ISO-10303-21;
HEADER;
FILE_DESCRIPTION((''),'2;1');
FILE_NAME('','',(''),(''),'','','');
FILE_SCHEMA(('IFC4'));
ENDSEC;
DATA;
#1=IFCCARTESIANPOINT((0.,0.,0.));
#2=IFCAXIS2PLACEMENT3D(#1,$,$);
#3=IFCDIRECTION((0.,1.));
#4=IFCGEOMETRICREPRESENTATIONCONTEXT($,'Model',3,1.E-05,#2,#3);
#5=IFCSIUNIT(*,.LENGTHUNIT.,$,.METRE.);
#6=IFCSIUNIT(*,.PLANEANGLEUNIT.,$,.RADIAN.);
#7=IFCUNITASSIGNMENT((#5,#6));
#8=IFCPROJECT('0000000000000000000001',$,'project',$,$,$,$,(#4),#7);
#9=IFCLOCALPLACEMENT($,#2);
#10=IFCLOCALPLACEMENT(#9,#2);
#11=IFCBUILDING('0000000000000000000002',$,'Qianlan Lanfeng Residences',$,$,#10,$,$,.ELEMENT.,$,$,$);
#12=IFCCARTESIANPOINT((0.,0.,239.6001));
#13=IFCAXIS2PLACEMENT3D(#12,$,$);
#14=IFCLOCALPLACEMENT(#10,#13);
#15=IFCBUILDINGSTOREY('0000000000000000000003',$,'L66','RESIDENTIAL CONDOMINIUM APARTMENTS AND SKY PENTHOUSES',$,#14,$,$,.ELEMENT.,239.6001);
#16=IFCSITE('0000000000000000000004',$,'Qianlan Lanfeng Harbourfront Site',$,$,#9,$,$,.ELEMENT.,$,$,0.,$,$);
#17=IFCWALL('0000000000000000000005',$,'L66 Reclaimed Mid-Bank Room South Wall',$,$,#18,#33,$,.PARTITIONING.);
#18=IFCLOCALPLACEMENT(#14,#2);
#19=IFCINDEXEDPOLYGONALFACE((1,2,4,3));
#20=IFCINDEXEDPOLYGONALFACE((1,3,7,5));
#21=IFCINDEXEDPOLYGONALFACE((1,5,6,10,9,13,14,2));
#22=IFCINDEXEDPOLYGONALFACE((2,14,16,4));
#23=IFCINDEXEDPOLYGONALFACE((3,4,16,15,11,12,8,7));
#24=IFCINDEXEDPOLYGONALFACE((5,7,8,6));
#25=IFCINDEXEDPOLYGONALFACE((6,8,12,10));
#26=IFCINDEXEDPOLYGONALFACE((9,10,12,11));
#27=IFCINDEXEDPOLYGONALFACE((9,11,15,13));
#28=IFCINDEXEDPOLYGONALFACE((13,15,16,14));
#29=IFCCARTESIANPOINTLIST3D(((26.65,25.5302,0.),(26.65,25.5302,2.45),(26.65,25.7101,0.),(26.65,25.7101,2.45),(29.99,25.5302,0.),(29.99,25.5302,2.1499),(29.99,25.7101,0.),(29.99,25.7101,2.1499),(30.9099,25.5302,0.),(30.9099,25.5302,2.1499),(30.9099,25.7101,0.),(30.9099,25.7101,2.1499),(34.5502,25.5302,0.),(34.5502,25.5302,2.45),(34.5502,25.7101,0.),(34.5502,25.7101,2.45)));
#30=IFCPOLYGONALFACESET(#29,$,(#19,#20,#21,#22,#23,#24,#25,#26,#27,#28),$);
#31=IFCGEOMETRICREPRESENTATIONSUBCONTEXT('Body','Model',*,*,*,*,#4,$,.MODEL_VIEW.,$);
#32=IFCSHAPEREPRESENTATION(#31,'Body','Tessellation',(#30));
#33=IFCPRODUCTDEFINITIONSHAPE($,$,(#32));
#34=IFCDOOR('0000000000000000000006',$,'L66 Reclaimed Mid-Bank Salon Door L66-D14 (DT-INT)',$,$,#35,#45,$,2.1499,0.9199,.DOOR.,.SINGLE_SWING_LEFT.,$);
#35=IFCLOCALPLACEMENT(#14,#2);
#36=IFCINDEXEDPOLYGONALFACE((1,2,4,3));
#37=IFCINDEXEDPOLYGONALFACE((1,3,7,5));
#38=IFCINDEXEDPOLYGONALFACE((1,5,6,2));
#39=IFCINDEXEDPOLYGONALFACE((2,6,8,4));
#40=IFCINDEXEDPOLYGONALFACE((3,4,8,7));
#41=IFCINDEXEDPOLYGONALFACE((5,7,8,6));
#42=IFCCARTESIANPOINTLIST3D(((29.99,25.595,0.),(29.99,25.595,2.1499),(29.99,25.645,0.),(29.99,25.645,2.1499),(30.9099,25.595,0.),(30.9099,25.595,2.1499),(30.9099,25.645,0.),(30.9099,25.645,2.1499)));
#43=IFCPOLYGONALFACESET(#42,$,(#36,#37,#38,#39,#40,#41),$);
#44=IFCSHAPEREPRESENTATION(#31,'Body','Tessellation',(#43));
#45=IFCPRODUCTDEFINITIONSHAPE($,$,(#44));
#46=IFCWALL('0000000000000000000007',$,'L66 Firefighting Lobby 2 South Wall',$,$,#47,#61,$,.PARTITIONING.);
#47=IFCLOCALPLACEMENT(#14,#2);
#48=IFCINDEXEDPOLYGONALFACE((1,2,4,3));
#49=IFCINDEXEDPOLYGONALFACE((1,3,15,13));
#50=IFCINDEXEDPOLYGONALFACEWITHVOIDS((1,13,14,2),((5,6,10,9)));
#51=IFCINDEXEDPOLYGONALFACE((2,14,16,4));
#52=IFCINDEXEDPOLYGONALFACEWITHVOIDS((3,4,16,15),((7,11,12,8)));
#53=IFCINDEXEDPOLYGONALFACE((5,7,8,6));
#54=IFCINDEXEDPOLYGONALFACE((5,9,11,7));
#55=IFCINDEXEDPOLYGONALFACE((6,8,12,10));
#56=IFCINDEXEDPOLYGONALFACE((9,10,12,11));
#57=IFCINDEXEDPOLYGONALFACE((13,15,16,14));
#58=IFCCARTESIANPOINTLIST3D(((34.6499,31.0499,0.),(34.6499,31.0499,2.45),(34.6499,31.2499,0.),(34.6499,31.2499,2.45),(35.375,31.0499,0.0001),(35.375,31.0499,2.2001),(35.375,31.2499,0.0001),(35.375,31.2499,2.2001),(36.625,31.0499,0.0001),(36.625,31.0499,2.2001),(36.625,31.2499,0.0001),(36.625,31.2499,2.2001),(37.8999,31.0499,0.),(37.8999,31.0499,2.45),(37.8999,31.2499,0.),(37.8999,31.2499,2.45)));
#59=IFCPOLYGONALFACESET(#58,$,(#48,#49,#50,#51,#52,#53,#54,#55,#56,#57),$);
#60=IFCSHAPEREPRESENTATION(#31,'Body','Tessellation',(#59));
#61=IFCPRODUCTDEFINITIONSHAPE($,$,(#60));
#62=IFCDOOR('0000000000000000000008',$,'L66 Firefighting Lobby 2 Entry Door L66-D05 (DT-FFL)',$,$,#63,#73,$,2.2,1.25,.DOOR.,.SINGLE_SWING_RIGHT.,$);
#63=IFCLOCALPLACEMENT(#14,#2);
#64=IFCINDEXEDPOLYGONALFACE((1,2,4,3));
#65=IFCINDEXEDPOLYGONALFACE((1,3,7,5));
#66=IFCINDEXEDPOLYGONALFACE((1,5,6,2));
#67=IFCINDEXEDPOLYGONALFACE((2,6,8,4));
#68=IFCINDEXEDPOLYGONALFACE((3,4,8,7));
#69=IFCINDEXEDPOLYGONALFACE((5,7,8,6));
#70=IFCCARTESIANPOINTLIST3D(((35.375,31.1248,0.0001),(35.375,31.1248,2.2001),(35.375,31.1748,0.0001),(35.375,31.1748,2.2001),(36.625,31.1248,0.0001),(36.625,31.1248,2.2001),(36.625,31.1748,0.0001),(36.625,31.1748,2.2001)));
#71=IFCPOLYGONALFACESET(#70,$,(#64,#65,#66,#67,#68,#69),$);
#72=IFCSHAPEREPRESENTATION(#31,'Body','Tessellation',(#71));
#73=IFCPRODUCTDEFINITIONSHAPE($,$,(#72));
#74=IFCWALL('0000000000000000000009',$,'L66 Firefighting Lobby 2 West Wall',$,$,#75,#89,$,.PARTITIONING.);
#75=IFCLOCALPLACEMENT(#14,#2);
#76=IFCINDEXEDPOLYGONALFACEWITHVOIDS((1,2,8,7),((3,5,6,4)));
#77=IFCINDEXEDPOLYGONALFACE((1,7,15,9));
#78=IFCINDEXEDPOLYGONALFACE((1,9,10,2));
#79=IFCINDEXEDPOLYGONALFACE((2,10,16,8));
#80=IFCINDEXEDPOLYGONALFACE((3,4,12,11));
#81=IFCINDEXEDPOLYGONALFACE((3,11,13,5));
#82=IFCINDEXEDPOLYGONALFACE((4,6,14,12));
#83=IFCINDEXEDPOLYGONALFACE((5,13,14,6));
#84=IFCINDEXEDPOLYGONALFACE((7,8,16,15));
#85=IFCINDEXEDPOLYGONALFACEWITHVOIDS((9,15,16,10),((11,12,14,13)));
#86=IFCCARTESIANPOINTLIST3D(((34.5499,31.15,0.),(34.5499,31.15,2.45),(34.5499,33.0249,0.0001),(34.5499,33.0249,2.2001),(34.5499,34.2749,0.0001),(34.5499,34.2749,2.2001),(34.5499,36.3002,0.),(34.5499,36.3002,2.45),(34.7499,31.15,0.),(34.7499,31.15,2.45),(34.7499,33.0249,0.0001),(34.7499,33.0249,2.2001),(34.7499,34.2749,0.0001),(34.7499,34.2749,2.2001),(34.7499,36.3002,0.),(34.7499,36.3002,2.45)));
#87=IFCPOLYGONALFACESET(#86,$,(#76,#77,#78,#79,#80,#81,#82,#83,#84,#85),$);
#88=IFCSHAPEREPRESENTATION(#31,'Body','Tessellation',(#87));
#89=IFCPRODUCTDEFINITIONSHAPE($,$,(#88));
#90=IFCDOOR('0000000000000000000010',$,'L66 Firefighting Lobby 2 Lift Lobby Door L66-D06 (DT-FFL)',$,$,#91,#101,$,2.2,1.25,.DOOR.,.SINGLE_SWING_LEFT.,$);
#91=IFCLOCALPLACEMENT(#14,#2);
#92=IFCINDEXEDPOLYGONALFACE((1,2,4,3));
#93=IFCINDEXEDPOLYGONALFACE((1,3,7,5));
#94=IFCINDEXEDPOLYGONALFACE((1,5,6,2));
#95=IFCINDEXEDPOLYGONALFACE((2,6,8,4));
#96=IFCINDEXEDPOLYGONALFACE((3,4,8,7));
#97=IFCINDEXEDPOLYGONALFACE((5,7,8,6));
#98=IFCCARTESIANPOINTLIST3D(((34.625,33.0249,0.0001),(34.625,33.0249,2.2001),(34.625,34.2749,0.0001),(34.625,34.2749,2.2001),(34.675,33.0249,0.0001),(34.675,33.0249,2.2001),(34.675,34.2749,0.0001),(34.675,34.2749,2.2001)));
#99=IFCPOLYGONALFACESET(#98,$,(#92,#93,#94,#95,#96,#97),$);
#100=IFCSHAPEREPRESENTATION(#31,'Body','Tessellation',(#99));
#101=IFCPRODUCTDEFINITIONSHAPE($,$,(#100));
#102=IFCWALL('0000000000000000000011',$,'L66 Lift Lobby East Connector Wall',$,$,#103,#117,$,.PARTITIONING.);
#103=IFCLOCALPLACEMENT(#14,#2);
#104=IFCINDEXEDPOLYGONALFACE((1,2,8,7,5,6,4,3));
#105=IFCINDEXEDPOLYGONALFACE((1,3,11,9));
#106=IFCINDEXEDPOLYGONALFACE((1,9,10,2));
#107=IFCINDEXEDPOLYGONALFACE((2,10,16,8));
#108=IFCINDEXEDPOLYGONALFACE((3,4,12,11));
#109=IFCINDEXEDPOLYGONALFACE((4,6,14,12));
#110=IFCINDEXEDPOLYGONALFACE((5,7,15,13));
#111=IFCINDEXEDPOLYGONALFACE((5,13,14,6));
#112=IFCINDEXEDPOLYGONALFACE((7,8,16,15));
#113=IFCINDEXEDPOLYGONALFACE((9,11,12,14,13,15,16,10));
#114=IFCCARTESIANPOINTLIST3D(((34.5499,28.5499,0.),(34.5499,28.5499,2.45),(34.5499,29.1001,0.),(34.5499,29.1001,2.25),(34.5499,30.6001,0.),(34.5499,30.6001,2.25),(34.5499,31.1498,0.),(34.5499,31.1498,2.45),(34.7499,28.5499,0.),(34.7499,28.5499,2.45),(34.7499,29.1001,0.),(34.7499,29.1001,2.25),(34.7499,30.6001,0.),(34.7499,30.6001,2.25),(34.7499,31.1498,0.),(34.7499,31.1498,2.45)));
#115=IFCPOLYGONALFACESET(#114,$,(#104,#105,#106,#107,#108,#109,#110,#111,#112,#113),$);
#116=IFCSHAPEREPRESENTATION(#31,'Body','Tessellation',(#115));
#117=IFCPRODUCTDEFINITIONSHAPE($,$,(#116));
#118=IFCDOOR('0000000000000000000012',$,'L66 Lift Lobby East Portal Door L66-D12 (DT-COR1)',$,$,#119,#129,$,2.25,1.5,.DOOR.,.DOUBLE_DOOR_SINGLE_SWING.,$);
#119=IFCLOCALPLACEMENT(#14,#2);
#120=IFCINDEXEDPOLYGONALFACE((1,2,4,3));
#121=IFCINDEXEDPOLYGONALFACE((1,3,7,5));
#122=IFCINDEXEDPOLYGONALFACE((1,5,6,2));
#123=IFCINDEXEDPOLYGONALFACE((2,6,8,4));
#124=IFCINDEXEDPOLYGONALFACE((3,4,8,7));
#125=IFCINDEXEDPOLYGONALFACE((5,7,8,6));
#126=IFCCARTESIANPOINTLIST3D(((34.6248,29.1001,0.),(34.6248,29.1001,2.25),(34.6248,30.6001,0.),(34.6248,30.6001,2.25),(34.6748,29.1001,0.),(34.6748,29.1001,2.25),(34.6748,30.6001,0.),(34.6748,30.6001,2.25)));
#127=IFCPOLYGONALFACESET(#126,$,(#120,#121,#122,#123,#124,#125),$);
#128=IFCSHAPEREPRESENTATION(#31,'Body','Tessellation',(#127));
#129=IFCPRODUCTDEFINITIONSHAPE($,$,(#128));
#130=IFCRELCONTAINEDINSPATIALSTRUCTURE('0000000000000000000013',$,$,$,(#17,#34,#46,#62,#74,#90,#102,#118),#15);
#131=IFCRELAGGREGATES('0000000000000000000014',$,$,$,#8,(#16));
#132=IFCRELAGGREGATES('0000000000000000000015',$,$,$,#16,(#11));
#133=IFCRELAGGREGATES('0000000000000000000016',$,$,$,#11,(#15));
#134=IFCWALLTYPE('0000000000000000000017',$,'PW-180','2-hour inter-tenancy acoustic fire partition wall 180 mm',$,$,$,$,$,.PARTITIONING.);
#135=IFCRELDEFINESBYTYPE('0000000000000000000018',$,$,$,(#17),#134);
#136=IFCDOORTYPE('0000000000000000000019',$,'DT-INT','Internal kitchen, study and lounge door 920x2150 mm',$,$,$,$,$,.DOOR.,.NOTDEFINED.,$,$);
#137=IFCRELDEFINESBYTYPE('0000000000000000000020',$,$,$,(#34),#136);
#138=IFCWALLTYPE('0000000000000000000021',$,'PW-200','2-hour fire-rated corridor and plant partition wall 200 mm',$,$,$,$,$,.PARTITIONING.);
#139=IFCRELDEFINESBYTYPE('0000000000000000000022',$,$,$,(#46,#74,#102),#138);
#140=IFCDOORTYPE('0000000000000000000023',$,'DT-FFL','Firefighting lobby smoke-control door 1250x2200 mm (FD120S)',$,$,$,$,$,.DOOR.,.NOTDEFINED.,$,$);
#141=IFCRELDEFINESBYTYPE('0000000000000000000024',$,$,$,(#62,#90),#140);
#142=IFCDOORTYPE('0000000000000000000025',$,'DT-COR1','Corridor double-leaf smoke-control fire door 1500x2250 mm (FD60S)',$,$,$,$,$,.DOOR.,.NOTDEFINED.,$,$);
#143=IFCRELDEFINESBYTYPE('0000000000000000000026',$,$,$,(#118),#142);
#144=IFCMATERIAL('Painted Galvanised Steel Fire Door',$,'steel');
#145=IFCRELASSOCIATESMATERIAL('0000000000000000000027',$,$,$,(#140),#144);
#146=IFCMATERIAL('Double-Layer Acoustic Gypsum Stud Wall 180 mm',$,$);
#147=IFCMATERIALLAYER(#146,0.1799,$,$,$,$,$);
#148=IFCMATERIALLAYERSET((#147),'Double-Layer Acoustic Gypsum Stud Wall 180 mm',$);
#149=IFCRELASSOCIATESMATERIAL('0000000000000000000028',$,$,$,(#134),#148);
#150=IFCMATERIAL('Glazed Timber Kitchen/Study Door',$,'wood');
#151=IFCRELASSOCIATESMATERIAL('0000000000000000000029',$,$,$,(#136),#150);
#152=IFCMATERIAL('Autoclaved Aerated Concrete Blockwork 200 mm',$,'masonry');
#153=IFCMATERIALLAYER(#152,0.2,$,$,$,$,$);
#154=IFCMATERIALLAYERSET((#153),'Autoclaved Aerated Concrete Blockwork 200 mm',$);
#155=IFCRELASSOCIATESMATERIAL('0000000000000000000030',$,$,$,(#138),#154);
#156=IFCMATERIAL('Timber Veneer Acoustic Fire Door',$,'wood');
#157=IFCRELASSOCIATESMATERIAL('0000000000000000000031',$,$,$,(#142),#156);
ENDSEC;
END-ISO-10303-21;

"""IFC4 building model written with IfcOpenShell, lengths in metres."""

from ifc_helpers import new_model, si_unit, direction, frame, frame_2d, origin, place, context, subcontext, project, spatial, rectangle, extrude, material, layer, layer_set, type_object, element, fill, save


model = new_model("IFC4")

# Units and contexts
model_context = context("Model", 3, precision=1e-05, world=origin(), true_north=direction((0.0, 1.0)))
body_context = subcontext(model_context, "Body", "Model", "MODEL_VIEW")
ifc_project = project(units=[si_unit("LENGTHUNIT", "METRE"), si_unit("PLANEANGLEUNIT", "RADIAN")], contexts=[model_context])

# Site, building, storey
site_placement = place(None, origin())
site = spatial("IfcSite", under=ifc_project, at=site_placement, Name="Qianlan Lanfeng Harbourfront Site", CompositionType="ELEMENT", RefElevation=0.0)
building_placement = place(site_placement, origin())
building = spatial("IfcBuilding", under=site, at=building_placement, Name="Qianlan Lanfeng Residences", CompositionType="ELEMENT")
storey_placement = place(building_placement, frame((0.0, 0.0, 239.6001)))
storey = spatial("IfcBuildingStorey", under=building, at=storey_placement, Name="L66", Description="RESIDENTIAL CONDOMINIUM APARTMENTS AND SKY PENTHOUSES", CompositionType="ELEMENT", Elevation=239.6001)

# Shared definitions
ifc_material_1 = material(Name="Painted Galvanised Steel Fire Door", Category="steel")
door_type_1 = type_object("IfcDoorType", Name="DT-FFL", Description="Firefighting lobby smoke-control door 1250x2200 mm (FD120S)", OperationType="NOTDEFINED", PredefinedType="DOOR", material=ifc_material_1)

# Shared definitions
ifc_material_2 = material(Name="Double-Layer Acoustic Gypsum Stud Wall 180 mm")
ifc_layer_1 = layer(ifc_material_2, 0.1799)
ifc_layer_set_1 = layer_set([ifc_layer_1], Name="Double-Layer Acoustic Gypsum Stud Wall 180 mm")
wall_type_1 = type_object("IfcWallType", Name="PW-180", Description="2-hour inter-tenancy acoustic fire partition wall 180 mm", PredefinedType="PARTITIONING", material=ifc_layer_set_1)
ifc_material_3 = material(Name="Glazed Timber Kitchen/Study Door", Category="wood")
door_type_2 = type_object("IfcDoorType", Name="DT-INT", Description="Internal kitchen, study and lounge door 920x2150 mm", OperationType="NOTDEFINED", PredefinedType="DOOR", material=ifc_material_3)

# Walls, openings, doors
wall_1_placement = place(storey_placement, frame((26.6499, 25.6201, 0.0), z_axis=(0.0, 0.0, 1.0), x_axis=(1.0, 0.0, 0.0)))
wall_1 = element("IfcWall", 1, at=wall_1_placement, inside=storey, type_object=wall_type_1, Name="L66 Reclaimed Mid-Bank Room South Wall", PredefinedType="PARTITIONING", context=body_context, shape_type="SweptSolid", body=[
    extrude(rectangle(XDim=7.9001, YDim=0.1799, at=frame_2d((3.9502, 0.0))), origin(), (0.0, 0.0, 1.0), 2.45),
])
opening_1_placement = place(wall_1_placement, frame((3.3401, 0.0, 0.0)))
opening_1 = element("IfcOpeningElement", 2, at=opening_1_placement, cuts=wall_1, PredefinedType="OPENING", context=body_context, shape_type="SweptSolid", body=[
    extrude(rectangle(XDim=0.9199, YDim=2.1499, at=frame_2d((0.46, 1.075))), frame((0.0, 0.1001, 0.0), z_axis=(0.0, -1.0, 0.0), x_axis=(1.0, 0.0, 0.0)), (0.0, 0.0, 1.0), 0.2),
])
door_1_placement = place(opening_1_placement, origin())
door_1 = element("IfcDoor", 3, at=door_1_placement, inside=storey, type_object=door_type_2, Name="L66 Reclaimed Mid-Bank Salon Door L66-D14 (DT-INT)", OperationType="SINGLE_SWING_LEFT", OverallHeight=2.1499, OverallWidth=0.9199, PredefinedType="DOOR", context=body_context, shape_type="SweptSolid", body=[
    extrude(rectangle(XDim=0.9199, YDim=2.1499, at=frame_2d((0.46, 1.075))), frame((0.0, 0.0249, 0.0), z_axis=(0.0, -1.0, 0.0), x_axis=(1.0, 0.0, 0.0)), (0.0, 0.0, 1.0), 0.05),
])
fill(opening_1, door_1)
ifc_material_4 = material(Name="Autoclaved Aerated Concrete Blockwork 200 mm", Category="masonry")
ifc_layer_2 = layer(ifc_material_4, 0.2)
ifc_layer_set_2 = layer_set([ifc_layer_2], Name="Autoclaved Aerated Concrete Blockwork 200 mm")
wall_type_2 = type_object("IfcWallType", Name="PW-200", Description="2-hour fire-rated corridor and plant partition wall 200 mm", PredefinedType="PARTITIONING", material=ifc_layer_set_2)
wall_2_placement = place(storey_placement, frame((34.6499, 31.1499, 0.0), z_axis=(0.0, 0.0, 1.0), x_axis=(1.0, 0.0, 0.0)))
wall_2 = element("IfcWall", 4, at=wall_2_placement, inside=storey, type_object=wall_type_2, Name="L66 Firefighting Lobby 2 South Wall", PredefinedType="PARTITIONING", context=body_context, shape_type="SweptSolid", body=[
    extrude(rectangle(XDim=3.25, YDim=0.2, at=frame_2d((1.625, 0.0))), origin(), (0.0, 0.0, 1.0), 2.45),
])
opening_2_placement = place(wall_2_placement, frame((0.7251, 0.0, 0.0)))
opening_2 = element("IfcOpeningElement", 5, at=opening_2_placement, cuts=wall_2, PredefinedType="OPENING", context=body_context, shape_type="SweptSolid", body=[
    extrude(rectangle(XDim=1.25, YDim=2.2, at=frame_2d((0.625, 1.1001))), frame((0.0, 0.1099, 0.0), z_axis=(0.0, -1.0, 0.0), x_axis=(1.0, 0.0, 0.0)), (0.0, 0.0, 1.0), 0.22),
])
door_2_placement = place(opening_2_placement, origin())
door_2 = element("IfcDoor", 6, at=door_2_placement, inside=storey, type_object=door_type_1, Name="L66 Firefighting Lobby 2 Entry Door L66-D05 (DT-FFL)", OperationType="SINGLE_SWING_RIGHT", OverallHeight=2.2, OverallWidth=1.25, PredefinedType="DOOR", context=body_context, shape_type="SweptSolid", body=[
    extrude(rectangle(XDim=1.25, YDim=2.2, at=frame_2d((0.625, 1.1001))), frame((0.0, 0.0249, 0.0), z_axis=(0.0, -1.0, 0.0), x_axis=(1.0, 0.0, 0.0)), (0.0, 0.0, 1.0), 0.05),
])
fill(opening_2, door_2)
wall_3_placement = place(storey_placement, frame((34.6499, 31.1499, 0.0), z_axis=(0.0, 0.0, 1.0), x_axis=(0.0, 1.0, 0.0)))
wall_3 = element("IfcWall", 7, at=wall_3_placement, inside=storey, type_object=wall_type_2, Name="L66 Firefighting Lobby 2 West Wall", PredefinedType="PARTITIONING", context=body_context, shape_type="SweptSolid", body=[
    extrude(rectangle(XDim=5.1501, YDim=0.2, at=frame_2d((2.5752, 0.0))), origin(), (0.0, 0.0, 1.0), 2.45),
])
opening_3_placement = place(wall_3_placement, frame((1.875, 0.0, 0.0)))
opening_3 = element("IfcOpeningElement", 8, at=opening_3_placement, cuts=wall_3, PredefinedType="OPENING", context=body_context, shape_type="SweptSolid", body=[
    extrude(rectangle(XDim=1.25, YDim=2.2, at=frame_2d((0.625, 1.1001))), frame((0.0, 0.1099, 0.0), z_axis=(0.0, -1.0, 0.0), x_axis=(1.0, 0.0, 0.0)), (0.0, 0.0, 1.0), 0.22),
])
door_3_placement = place(opening_3_placement, origin())
door_3 = element("IfcDoor", 9, at=door_3_placement, inside=storey, type_object=door_type_1, Name="L66 Firefighting Lobby 2 Lift Lobby Door L66-D06 (DT-FFL)", OperationType="SINGLE_SWING_LEFT", OverallHeight=2.2, OverallWidth=1.25, PredefinedType="DOOR", context=body_context, shape_type="SweptSolid", body=[
    extrude(rectangle(XDim=1.25, YDim=2.2, at=frame_2d((0.625, 1.1001))), frame((0.0, 0.0249, 0.0), z_axis=(0.0, -1.0, 0.0), x_axis=(1.0, 0.0, 0.0)), (0.0, 0.0, 1.0), 0.05),
])
fill(opening_3, door_3)
wall_4_placement = place(storey_placement, frame((34.6499, 28.55, 0.0), z_axis=(0.0, 0.0, 1.0), x_axis=(0.0, 1.0, 0.0)))
wall_4 = element("IfcWall", 10, at=wall_4_placement, inside=storey, type_object=wall_type_2, Name="L66 Lift Lobby East Connector Wall", PredefinedType="PARTITIONING", context=body_context, shape_type="SweptSolid", body=[
    extrude(rectangle(XDim=2.5999, YDim=0.2, at=frame_2d((1.2998, 0.0))), origin(), (0.0, 0.0, 1.0), 2.45),
])
opening_4_placement = place(wall_4_placement, frame((0.55, 0.0, 0.0)))
opening_4 = element("IfcOpeningElement", 11, at=opening_4_placement, cuts=wall_4, PredefinedType="OPENING", context=body_context, shape_type="SweptSolid", body=[
    extrude(rectangle(XDim=1.5, YDim=2.25, at=frame_2d((0.75, 1.125))), frame((0.0, 0.1099, 0.0), z_axis=(0.0, -1.0, 0.0), x_axis=(1.0, 0.0, 0.0)), (0.0, 0.0, 1.0), 0.22),
])
ifc_material_5 = material(Name="Timber Veneer Acoustic Fire Door", Category="wood")
door_type_3 = type_object("IfcDoorType", Name="DT-COR1", Description="Corridor double-leaf smoke-control fire door 1500x2250 mm (FD60S)", OperationType="NOTDEFINED", PredefinedType="DOOR", material=ifc_material_5)
door_4_placement = place(opening_4_placement, frame((1.5, 0.0, 0.0), z_axis=(0.0, 0.0, 1.0), x_axis=(-1.0, 0.0, 0.0)))
door_4 = element("IfcDoor", 12, at=door_4_placement, inside=storey, type_object=door_type_3, Name="L66 Lift Lobby East Portal Door L66-D12 (DT-COR1)", OperationType="DOUBLE_DOOR_SINGLE_SWING", OverallHeight=2.25, OverallWidth=1.5, PredefinedType="DOOR", context=body_context, shape_type="SweptSolid", body=[
    extrude(rectangle(XDim=1.5, YDim=2.25, at=frame_2d((0.75, 1.125))), frame((0.0, 0.0249, 0.0), z_axis=(0.0, -1.0, 0.0), x_axis=(1.0, 0.0, 0.0)), (0.0, 0.0, 1.0), 0.05),
])
fill(opening_4, door_4)

save(model, "model.ifc")
